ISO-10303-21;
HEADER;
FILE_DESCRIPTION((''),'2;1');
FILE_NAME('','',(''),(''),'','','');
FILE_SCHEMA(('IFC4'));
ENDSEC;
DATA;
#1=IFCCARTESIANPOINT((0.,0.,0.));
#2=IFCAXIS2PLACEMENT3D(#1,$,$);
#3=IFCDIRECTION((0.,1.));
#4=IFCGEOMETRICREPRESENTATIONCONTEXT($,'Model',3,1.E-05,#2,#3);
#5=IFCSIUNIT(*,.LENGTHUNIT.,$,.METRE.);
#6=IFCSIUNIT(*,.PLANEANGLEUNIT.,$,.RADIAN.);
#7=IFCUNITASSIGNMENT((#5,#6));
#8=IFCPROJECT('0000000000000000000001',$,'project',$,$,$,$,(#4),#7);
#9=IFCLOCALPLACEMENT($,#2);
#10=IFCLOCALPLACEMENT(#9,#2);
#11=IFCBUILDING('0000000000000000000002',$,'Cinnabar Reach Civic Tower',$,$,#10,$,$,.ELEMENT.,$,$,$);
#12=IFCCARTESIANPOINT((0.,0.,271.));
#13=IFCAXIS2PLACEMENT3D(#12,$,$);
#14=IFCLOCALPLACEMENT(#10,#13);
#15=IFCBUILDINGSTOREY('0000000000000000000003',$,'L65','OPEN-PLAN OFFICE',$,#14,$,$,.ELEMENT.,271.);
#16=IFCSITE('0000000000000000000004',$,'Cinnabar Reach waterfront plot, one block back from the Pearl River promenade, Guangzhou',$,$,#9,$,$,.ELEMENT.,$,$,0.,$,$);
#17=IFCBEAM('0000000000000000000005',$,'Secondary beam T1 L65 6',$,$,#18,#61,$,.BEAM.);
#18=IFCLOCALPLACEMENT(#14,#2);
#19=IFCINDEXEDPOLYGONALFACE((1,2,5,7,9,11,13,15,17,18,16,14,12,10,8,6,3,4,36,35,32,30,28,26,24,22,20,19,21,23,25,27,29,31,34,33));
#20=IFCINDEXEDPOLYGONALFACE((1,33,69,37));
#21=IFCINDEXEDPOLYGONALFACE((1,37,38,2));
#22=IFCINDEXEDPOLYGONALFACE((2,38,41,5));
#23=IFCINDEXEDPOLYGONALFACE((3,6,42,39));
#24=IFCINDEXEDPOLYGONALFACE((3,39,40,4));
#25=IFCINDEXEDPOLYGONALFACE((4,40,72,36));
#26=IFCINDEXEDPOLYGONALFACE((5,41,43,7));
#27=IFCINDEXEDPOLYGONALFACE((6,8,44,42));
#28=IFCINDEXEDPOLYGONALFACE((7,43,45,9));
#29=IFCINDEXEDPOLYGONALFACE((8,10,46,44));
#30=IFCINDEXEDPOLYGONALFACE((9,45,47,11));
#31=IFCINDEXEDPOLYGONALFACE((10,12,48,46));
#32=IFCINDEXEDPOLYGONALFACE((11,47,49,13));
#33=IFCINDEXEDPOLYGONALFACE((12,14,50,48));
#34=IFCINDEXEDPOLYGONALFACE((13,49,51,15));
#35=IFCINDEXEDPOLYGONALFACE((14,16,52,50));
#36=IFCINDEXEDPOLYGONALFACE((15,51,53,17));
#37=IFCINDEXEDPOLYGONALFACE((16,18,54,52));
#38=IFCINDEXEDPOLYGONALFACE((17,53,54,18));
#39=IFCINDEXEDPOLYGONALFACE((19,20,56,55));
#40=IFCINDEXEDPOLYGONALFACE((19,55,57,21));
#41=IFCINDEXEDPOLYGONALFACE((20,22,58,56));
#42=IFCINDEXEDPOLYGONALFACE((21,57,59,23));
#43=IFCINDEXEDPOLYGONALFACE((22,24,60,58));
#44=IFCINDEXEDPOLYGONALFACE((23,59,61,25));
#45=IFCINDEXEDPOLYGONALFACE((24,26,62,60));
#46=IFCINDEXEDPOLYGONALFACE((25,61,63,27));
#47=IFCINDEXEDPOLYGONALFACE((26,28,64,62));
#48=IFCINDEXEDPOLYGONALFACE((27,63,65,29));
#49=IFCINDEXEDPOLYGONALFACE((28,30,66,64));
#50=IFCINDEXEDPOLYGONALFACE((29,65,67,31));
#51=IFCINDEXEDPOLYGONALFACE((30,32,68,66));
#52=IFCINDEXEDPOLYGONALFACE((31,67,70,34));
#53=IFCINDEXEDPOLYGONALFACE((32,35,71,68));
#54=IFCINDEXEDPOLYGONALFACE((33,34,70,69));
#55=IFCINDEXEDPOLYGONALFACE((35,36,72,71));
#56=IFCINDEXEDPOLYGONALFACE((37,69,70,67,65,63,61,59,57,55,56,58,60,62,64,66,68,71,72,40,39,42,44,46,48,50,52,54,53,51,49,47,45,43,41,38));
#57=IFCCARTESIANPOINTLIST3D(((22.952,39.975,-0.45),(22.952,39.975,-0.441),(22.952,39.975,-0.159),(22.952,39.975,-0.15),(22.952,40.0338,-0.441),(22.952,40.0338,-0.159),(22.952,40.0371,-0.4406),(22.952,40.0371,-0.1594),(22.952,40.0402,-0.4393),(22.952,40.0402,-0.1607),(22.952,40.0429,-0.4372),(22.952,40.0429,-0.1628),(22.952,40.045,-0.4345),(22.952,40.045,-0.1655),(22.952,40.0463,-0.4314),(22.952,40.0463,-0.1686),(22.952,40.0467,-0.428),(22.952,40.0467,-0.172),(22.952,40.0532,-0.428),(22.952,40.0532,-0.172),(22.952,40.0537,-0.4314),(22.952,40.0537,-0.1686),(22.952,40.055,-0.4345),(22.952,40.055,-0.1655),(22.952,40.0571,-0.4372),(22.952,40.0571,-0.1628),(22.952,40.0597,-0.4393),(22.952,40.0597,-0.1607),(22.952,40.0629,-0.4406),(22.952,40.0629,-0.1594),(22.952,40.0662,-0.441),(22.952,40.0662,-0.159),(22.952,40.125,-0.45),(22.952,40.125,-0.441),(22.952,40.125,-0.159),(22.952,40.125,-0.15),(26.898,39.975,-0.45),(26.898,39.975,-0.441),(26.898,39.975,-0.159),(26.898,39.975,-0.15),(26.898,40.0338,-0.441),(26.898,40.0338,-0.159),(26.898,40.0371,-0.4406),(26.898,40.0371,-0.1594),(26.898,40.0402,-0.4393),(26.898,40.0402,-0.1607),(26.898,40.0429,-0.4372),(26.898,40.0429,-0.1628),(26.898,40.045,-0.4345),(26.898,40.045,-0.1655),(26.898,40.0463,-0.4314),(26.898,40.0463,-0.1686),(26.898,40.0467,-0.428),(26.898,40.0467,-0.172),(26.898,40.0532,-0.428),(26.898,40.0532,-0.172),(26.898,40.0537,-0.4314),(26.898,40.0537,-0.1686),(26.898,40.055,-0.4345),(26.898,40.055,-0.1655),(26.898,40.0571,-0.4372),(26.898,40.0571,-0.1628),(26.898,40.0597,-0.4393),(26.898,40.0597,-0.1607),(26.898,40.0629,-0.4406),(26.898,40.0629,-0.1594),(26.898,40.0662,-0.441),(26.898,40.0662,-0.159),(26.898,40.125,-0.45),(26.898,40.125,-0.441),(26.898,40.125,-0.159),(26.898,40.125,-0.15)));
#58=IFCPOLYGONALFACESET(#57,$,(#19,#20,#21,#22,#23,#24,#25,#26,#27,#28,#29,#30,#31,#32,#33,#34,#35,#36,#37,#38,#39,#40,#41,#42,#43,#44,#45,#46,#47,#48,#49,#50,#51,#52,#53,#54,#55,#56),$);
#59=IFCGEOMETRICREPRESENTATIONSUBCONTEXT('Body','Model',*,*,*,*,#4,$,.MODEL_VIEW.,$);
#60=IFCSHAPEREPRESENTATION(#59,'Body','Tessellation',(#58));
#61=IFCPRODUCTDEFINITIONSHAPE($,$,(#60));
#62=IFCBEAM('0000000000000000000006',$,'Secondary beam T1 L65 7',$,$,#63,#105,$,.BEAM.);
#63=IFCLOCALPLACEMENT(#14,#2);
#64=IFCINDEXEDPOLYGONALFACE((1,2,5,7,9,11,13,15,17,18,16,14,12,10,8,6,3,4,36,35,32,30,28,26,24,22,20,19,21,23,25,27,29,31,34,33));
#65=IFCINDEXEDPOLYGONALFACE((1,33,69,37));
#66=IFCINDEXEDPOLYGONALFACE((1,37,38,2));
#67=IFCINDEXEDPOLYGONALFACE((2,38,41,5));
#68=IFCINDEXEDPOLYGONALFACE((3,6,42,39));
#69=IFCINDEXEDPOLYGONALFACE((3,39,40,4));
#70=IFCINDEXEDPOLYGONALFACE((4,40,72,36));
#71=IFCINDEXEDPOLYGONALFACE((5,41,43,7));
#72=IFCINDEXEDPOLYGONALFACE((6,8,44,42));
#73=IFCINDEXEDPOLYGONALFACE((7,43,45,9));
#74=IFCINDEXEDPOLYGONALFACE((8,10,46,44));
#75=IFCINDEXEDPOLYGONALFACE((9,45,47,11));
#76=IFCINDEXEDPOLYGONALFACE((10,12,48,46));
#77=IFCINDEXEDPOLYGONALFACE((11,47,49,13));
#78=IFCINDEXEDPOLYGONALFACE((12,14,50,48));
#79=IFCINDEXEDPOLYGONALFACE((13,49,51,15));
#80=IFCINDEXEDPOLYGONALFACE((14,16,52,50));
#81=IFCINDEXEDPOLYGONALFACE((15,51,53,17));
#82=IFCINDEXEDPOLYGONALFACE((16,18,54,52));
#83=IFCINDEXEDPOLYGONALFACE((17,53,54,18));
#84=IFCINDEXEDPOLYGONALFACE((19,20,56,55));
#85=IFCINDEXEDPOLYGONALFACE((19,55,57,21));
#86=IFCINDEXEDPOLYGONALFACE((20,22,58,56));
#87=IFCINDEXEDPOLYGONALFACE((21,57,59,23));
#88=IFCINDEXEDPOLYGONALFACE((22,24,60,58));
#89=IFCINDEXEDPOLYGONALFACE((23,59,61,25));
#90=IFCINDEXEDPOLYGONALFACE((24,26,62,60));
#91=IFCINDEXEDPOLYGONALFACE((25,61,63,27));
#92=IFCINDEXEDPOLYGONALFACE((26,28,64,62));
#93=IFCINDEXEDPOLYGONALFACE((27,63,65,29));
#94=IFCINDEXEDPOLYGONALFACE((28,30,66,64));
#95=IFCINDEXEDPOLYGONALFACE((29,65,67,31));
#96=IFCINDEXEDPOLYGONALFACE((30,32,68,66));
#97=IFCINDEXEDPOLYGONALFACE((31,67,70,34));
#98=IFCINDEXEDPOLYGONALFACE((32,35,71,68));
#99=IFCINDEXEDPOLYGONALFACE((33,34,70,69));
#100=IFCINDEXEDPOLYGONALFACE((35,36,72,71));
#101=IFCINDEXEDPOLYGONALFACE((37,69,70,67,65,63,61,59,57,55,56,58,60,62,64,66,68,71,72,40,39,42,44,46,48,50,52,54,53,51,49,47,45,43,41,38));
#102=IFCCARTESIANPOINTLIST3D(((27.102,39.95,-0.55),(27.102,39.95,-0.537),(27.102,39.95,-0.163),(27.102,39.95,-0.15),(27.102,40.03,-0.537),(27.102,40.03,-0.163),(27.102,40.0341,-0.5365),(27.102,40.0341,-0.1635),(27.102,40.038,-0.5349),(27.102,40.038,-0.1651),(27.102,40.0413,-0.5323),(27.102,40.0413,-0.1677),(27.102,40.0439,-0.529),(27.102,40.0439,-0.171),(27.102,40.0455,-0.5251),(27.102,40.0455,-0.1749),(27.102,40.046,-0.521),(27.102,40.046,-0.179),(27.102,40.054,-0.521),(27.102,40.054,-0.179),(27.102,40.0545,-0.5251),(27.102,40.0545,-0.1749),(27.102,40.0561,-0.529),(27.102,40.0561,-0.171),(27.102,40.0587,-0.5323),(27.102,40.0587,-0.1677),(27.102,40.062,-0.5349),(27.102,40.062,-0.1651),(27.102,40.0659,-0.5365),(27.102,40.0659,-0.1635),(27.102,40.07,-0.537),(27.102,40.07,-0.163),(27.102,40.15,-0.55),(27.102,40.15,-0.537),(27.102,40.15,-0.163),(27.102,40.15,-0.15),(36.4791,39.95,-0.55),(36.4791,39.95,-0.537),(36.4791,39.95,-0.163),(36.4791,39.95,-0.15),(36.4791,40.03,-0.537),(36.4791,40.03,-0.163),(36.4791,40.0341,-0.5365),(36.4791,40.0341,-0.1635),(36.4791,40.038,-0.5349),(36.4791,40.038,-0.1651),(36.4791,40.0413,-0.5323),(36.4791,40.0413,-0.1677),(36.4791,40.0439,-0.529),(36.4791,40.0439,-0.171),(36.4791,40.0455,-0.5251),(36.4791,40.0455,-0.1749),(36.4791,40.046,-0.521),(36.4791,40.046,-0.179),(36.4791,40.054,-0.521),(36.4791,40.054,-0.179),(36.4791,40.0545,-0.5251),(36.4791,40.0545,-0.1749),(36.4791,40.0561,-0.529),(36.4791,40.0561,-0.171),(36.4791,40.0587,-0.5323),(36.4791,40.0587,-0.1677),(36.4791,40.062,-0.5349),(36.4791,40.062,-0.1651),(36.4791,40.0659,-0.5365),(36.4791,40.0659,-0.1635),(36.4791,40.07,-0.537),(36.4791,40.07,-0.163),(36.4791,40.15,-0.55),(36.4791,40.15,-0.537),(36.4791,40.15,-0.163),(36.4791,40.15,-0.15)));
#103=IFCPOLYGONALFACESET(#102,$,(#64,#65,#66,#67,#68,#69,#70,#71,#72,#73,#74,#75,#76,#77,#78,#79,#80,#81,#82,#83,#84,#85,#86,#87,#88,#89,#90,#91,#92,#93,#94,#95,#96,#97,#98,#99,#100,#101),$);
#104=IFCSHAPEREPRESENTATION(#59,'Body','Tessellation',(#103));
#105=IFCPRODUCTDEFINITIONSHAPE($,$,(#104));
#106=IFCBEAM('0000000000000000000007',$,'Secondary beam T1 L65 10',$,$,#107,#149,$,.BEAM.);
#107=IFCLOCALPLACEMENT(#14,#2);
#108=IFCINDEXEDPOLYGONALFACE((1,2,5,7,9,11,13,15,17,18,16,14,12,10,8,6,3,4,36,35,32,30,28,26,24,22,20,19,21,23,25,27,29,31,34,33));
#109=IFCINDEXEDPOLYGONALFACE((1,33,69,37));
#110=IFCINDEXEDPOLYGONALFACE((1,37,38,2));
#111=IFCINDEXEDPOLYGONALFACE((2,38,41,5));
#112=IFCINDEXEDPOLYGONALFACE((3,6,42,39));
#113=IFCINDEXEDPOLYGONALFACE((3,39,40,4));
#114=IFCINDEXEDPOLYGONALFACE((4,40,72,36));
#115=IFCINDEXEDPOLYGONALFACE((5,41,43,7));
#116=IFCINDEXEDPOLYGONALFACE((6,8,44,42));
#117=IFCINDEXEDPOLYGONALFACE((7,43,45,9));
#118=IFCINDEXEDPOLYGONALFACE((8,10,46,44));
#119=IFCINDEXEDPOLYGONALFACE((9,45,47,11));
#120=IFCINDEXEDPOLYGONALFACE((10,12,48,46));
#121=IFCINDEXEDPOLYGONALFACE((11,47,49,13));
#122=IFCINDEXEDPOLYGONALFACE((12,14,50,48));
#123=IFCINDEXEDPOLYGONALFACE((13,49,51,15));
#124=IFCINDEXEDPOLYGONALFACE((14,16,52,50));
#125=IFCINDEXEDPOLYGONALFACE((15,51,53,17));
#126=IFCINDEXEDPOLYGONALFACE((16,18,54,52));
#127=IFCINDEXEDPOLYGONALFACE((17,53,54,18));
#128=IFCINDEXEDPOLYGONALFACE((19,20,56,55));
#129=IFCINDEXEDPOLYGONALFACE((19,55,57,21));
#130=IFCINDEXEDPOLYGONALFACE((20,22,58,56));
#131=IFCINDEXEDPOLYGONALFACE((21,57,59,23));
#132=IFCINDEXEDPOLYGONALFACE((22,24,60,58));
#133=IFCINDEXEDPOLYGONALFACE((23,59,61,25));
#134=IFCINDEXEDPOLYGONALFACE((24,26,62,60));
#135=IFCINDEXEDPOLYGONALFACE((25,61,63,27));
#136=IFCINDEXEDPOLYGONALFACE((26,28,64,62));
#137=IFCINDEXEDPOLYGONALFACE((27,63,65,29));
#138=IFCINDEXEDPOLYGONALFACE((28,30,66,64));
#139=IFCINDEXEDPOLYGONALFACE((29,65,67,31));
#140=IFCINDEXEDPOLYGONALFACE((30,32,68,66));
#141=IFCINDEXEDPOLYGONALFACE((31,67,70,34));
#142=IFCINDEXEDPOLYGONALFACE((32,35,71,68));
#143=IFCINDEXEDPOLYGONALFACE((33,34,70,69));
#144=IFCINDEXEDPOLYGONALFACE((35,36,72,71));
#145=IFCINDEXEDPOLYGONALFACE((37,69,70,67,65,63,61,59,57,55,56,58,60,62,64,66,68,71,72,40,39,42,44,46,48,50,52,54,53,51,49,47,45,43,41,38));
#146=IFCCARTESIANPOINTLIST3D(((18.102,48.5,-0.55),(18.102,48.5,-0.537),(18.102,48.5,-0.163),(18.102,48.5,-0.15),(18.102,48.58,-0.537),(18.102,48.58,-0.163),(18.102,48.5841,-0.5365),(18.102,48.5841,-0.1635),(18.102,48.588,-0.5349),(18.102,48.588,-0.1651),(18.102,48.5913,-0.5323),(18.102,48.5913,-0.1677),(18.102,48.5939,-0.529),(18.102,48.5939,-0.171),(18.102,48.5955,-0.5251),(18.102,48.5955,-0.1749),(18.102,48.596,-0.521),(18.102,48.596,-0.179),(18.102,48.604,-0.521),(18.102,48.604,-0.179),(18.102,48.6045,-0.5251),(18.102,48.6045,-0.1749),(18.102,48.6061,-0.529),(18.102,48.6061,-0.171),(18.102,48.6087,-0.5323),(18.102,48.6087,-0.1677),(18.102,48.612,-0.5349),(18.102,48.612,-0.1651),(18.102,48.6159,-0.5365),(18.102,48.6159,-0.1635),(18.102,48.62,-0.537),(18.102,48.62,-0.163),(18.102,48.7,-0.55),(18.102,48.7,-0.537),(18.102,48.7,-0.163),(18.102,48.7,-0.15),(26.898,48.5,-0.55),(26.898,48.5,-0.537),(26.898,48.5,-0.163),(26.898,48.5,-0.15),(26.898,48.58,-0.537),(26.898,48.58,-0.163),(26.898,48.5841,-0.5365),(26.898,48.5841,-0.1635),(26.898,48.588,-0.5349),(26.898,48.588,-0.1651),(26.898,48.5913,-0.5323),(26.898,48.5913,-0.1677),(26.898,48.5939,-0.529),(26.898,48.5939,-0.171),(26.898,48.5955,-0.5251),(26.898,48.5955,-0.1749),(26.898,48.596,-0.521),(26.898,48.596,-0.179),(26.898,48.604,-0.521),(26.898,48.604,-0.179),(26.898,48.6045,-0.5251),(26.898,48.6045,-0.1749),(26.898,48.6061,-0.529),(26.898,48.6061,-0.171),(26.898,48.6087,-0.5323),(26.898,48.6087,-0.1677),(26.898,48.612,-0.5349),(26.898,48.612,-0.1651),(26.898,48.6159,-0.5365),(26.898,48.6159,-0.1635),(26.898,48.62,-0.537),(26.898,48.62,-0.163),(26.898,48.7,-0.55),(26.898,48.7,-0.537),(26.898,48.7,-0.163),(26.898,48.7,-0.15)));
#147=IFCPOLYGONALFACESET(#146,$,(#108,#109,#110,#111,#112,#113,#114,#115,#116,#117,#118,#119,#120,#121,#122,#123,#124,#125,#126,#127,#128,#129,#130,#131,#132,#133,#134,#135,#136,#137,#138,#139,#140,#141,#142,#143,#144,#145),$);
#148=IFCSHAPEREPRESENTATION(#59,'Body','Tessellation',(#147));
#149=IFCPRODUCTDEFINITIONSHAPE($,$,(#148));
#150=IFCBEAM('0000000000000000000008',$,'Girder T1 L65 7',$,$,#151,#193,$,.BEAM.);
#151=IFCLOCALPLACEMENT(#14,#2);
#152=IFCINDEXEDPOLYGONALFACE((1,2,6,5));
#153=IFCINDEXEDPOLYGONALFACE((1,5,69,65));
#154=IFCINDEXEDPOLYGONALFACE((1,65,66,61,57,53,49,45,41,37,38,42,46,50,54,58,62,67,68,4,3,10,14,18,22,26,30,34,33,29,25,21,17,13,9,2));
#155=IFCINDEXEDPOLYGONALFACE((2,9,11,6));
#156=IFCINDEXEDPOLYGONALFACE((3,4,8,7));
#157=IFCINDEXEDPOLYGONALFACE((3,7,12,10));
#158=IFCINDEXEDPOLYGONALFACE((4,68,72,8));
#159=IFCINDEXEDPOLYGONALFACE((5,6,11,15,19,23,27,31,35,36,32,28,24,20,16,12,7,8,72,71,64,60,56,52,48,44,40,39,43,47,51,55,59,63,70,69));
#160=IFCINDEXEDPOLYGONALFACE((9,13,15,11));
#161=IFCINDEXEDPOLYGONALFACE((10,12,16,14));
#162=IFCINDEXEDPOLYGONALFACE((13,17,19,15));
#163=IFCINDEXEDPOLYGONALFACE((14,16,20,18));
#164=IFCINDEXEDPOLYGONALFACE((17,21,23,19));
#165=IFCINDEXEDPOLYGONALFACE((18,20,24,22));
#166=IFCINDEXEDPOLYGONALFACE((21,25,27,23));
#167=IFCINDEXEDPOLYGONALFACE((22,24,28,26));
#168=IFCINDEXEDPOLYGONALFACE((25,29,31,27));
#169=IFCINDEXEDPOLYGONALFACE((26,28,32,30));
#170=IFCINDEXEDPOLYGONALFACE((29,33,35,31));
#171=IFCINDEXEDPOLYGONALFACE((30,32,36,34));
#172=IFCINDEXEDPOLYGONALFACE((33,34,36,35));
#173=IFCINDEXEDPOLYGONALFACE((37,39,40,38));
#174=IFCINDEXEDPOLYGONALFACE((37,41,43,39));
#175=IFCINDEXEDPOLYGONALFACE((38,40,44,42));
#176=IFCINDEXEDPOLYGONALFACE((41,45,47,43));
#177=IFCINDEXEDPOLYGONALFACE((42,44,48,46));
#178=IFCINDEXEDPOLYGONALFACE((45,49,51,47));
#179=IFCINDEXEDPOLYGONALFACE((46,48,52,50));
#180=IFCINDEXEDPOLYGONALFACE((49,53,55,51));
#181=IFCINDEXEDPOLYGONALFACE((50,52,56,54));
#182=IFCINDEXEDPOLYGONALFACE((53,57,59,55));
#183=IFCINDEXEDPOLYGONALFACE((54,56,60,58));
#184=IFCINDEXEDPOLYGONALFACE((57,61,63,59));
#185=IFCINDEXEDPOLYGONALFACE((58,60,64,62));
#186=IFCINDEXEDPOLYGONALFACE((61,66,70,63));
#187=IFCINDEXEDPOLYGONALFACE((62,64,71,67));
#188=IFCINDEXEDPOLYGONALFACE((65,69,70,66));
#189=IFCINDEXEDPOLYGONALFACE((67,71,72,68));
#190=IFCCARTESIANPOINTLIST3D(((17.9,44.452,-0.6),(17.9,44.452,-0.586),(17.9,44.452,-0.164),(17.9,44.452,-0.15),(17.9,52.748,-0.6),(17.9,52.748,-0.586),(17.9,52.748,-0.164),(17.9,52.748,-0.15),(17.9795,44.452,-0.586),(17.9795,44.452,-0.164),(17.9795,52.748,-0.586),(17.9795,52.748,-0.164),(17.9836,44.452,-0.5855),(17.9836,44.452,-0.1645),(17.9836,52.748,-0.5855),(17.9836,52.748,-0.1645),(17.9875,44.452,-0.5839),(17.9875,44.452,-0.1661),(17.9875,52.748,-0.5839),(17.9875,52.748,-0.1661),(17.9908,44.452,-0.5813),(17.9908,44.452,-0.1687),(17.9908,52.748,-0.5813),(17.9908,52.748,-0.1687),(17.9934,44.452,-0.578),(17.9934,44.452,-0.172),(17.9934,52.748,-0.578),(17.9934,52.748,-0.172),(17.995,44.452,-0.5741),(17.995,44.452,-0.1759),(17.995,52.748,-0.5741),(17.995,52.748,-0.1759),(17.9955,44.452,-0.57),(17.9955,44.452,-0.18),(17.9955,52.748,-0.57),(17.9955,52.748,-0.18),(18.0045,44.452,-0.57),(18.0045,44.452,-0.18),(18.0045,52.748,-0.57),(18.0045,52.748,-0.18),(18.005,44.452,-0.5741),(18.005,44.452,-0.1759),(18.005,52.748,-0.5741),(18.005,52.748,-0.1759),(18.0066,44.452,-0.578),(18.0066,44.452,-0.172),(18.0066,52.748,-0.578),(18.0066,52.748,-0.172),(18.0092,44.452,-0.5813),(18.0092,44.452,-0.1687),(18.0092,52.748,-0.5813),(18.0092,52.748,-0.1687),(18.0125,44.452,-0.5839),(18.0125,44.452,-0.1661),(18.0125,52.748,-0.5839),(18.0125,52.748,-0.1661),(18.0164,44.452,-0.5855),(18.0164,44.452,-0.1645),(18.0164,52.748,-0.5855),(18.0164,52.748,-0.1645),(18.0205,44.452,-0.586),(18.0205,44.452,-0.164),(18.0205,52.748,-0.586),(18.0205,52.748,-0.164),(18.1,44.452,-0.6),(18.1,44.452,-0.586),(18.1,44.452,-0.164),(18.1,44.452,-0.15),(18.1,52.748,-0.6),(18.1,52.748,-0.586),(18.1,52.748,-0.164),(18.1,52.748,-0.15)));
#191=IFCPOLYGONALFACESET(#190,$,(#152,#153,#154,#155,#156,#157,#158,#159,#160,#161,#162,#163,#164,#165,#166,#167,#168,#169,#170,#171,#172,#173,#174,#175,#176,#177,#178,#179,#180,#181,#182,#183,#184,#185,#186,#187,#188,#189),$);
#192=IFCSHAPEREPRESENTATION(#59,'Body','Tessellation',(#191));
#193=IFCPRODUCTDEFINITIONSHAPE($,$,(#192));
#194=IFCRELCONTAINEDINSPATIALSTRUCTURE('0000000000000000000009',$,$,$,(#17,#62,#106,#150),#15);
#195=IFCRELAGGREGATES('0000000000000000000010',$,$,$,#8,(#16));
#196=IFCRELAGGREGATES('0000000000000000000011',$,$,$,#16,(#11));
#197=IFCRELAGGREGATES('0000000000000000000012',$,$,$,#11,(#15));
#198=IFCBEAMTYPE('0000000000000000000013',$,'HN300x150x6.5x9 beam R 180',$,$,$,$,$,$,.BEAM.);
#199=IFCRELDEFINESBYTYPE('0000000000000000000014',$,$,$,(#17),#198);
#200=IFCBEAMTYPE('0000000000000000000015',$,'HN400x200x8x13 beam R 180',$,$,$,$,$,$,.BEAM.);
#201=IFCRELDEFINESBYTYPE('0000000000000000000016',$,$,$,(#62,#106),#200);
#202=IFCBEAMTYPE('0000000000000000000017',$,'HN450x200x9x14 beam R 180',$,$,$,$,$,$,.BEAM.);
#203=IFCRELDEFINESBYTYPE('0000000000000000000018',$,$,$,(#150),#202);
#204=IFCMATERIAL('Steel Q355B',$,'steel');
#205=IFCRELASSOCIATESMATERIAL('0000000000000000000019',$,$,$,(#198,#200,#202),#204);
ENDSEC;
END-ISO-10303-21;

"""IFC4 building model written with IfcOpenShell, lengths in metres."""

from ifc_helpers import new_model, si_unit, direction, frame, origin, origin_2d, place, context, subcontext, project, spatial, i_section, extrude, material, material_profile, profile_set, type_object, element, save


model = new_model("IFC4")

# Units and contexts
model_context = context("Model", 3, precision=1e-05, world=origin(), true_north=direction((0.0, 1.0)))
body_context = subcontext(model_context, "Body", "Model", "MODEL_VIEW")
ifc_project = project(units=[si_unit("LENGTHUNIT", "METRE"), si_unit("PLANEANGLEUNIT", "RADIAN")], contexts=[model_context])

# Site, building, storey
site_placement = place(None, origin())
site = spatial("IfcSite", under=ifc_project, at=site_placement, Name="Cinnabar Reach waterfront plot, one block back from the Pearl River promenade, Guangzhou", CompositionType="ELEMENT", RefElevation=0.0)
building_placement = place(site_placement, origin())
building = spatial("IfcBuilding", under=site, at=building_placement, Name="Cinnabar Reach Civic Tower", CompositionType="ELEMENT")
storey_placement = place(building_placement, frame((0.0, 0.0, 271.0)))
storey = spatial("IfcBuildingStorey", under=building, at=storey_placement, Name="L65", Description="OPEN-PLAN OFFICE", CompositionType="ELEMENT", Elevation=271.0)

# Beams
ifc_material_1 = material(Name="Steel Q355B", Category="steel")
ifc_material_profile_1 = material_profile(ifc_material_1, i_section(OverallWidth=0.15, OverallDepth=0.3, WebThickness=0.0065, FlangeThickness=0.009, FilletRadius=0.013, at=origin_2d()), Name="HN300x150x6.5x9")
ifc_profile_set_1 = profile_set([ifc_material_profile_1], Name="Steel Q355B")
beam_type_1 = type_object("IfcBeamType", Name="HN300x150x6.5x9 beam R 180", PredefinedType="BEAM", material=ifc_profile_set_1)
beam_1_placement = place(storey_placement, frame((22.952, 40.05, -0.3), z_axis=(1.0, 0.0, 0.0), x_axis=(0.0, 1.0, 0.0)))
element("IfcBeam", 1, at=beam_1_placement, inside=storey, type_object=beam_type_1, Name="Secondary beam T1 L65 6", PredefinedType="BEAM", context=body_context, shape_type="SweptSolid", body=[
    extrude(i_section(OverallWidth=0.15, OverallDepth=0.3, WebThickness=0.0065, FlangeThickness=0.009, FilletRadius=0.013, at=origin_2d()), origin(), (0.0, 0.0, 1.0), 3.946),
])
ifc_material_profile_2 = material_profile(ifc_material_1, i_section(OverallWidth=0.2, OverallDepth=0.4, WebThickness=0.008, FlangeThickness=0.013, FilletRadius=0.016, at=origin_2d()), Name="HN400x200x8x13")
ifc_profile_set_2 = profile_set([ifc_material_profile_2], Name="Steel Q355B")
beam_type_2 = type_object("IfcBeamType", Name="HN400x200x8x13 beam R 180", PredefinedType="BEAM", material=ifc_profile_set_2)
beam_2_placement = place(storey_placement, frame((27.102, 40.05, -0.35), z_axis=(1.0, 0.0, 0.0), x_axis=(0.0, 1.0, 0.0)))
element("IfcBeam", 2, at=beam_2_placement, inside=storey, type_object=beam_type_2, Name="Secondary beam T1 L65 7", PredefinedType="BEAM", context=body_context, shape_type="SweptSolid", body=[
    extrude(i_section(OverallWidth=0.2, OverallDepth=0.4, WebThickness=0.008, FlangeThickness=0.013, FilletRadius=0.016, at=origin_2d()), origin(), (0.0, 0.0, 1.0), 9.3771),
])
beam_3_placement = place(storey_placement, frame((18.102, 48.6, -0.35), z_axis=(1.0, 0.0, 0.0), x_axis=(0.0, 1.0, 0.0)))
element("IfcBeam", 3, at=beam_3_placement, inside=storey, type_object=beam_type_2, Name="Secondary beam T1 L65 10", PredefinedType="BEAM", context=body_context, shape_type="SweptSolid", body=[
    extrude(i_section(OverallWidth=0.2, OverallDepth=0.4, WebThickness=0.008, FlangeThickness=0.013, FilletRadius=0.016, at=origin_2d()), origin(), (0.0, 0.0, 1.0), 8.796),
])
ifc_material_profile_3 = material_profile(ifc_material_1, i_section(OverallWidth=0.2, OverallDepth=0.45, WebThickness=0.009, FlangeThickness=0.014, FilletRadius=0.016, at=origin_2d()), Name="HN450x200x9x14")
ifc_profile_set_3 = profile_set([ifc_material_profile_3], Name="Steel Q355B")
beam_type_3 = type_object("IfcBeamType", Name="HN450x200x9x14 beam R 180", PredefinedType="BEAM", material=ifc_profile_set_3)
beam_4_placement = place(storey_placement, frame((18.0, 44.452, -0.375), z_axis=(0.0, 1.0, 0.0), x_axis=(-1.0, 0.0, 0.0)))
element("IfcBeam", 4, at=beam_4_placement, inside=storey, type_object=beam_type_3, Name="Girder T1 L65 7", PredefinedType="BEAM", context=body_context, shape_type="SweptSolid", body=[
    extrude(i_section(OverallWidth=0.2, OverallDepth=0.45, WebThickness=0.009, FlangeThickness=0.014, FilletRadius=0.016, at=origin_2d()), origin(), (0.0, 0.0, 1.0), 8.296),
])

save(model, "model.ifc")
